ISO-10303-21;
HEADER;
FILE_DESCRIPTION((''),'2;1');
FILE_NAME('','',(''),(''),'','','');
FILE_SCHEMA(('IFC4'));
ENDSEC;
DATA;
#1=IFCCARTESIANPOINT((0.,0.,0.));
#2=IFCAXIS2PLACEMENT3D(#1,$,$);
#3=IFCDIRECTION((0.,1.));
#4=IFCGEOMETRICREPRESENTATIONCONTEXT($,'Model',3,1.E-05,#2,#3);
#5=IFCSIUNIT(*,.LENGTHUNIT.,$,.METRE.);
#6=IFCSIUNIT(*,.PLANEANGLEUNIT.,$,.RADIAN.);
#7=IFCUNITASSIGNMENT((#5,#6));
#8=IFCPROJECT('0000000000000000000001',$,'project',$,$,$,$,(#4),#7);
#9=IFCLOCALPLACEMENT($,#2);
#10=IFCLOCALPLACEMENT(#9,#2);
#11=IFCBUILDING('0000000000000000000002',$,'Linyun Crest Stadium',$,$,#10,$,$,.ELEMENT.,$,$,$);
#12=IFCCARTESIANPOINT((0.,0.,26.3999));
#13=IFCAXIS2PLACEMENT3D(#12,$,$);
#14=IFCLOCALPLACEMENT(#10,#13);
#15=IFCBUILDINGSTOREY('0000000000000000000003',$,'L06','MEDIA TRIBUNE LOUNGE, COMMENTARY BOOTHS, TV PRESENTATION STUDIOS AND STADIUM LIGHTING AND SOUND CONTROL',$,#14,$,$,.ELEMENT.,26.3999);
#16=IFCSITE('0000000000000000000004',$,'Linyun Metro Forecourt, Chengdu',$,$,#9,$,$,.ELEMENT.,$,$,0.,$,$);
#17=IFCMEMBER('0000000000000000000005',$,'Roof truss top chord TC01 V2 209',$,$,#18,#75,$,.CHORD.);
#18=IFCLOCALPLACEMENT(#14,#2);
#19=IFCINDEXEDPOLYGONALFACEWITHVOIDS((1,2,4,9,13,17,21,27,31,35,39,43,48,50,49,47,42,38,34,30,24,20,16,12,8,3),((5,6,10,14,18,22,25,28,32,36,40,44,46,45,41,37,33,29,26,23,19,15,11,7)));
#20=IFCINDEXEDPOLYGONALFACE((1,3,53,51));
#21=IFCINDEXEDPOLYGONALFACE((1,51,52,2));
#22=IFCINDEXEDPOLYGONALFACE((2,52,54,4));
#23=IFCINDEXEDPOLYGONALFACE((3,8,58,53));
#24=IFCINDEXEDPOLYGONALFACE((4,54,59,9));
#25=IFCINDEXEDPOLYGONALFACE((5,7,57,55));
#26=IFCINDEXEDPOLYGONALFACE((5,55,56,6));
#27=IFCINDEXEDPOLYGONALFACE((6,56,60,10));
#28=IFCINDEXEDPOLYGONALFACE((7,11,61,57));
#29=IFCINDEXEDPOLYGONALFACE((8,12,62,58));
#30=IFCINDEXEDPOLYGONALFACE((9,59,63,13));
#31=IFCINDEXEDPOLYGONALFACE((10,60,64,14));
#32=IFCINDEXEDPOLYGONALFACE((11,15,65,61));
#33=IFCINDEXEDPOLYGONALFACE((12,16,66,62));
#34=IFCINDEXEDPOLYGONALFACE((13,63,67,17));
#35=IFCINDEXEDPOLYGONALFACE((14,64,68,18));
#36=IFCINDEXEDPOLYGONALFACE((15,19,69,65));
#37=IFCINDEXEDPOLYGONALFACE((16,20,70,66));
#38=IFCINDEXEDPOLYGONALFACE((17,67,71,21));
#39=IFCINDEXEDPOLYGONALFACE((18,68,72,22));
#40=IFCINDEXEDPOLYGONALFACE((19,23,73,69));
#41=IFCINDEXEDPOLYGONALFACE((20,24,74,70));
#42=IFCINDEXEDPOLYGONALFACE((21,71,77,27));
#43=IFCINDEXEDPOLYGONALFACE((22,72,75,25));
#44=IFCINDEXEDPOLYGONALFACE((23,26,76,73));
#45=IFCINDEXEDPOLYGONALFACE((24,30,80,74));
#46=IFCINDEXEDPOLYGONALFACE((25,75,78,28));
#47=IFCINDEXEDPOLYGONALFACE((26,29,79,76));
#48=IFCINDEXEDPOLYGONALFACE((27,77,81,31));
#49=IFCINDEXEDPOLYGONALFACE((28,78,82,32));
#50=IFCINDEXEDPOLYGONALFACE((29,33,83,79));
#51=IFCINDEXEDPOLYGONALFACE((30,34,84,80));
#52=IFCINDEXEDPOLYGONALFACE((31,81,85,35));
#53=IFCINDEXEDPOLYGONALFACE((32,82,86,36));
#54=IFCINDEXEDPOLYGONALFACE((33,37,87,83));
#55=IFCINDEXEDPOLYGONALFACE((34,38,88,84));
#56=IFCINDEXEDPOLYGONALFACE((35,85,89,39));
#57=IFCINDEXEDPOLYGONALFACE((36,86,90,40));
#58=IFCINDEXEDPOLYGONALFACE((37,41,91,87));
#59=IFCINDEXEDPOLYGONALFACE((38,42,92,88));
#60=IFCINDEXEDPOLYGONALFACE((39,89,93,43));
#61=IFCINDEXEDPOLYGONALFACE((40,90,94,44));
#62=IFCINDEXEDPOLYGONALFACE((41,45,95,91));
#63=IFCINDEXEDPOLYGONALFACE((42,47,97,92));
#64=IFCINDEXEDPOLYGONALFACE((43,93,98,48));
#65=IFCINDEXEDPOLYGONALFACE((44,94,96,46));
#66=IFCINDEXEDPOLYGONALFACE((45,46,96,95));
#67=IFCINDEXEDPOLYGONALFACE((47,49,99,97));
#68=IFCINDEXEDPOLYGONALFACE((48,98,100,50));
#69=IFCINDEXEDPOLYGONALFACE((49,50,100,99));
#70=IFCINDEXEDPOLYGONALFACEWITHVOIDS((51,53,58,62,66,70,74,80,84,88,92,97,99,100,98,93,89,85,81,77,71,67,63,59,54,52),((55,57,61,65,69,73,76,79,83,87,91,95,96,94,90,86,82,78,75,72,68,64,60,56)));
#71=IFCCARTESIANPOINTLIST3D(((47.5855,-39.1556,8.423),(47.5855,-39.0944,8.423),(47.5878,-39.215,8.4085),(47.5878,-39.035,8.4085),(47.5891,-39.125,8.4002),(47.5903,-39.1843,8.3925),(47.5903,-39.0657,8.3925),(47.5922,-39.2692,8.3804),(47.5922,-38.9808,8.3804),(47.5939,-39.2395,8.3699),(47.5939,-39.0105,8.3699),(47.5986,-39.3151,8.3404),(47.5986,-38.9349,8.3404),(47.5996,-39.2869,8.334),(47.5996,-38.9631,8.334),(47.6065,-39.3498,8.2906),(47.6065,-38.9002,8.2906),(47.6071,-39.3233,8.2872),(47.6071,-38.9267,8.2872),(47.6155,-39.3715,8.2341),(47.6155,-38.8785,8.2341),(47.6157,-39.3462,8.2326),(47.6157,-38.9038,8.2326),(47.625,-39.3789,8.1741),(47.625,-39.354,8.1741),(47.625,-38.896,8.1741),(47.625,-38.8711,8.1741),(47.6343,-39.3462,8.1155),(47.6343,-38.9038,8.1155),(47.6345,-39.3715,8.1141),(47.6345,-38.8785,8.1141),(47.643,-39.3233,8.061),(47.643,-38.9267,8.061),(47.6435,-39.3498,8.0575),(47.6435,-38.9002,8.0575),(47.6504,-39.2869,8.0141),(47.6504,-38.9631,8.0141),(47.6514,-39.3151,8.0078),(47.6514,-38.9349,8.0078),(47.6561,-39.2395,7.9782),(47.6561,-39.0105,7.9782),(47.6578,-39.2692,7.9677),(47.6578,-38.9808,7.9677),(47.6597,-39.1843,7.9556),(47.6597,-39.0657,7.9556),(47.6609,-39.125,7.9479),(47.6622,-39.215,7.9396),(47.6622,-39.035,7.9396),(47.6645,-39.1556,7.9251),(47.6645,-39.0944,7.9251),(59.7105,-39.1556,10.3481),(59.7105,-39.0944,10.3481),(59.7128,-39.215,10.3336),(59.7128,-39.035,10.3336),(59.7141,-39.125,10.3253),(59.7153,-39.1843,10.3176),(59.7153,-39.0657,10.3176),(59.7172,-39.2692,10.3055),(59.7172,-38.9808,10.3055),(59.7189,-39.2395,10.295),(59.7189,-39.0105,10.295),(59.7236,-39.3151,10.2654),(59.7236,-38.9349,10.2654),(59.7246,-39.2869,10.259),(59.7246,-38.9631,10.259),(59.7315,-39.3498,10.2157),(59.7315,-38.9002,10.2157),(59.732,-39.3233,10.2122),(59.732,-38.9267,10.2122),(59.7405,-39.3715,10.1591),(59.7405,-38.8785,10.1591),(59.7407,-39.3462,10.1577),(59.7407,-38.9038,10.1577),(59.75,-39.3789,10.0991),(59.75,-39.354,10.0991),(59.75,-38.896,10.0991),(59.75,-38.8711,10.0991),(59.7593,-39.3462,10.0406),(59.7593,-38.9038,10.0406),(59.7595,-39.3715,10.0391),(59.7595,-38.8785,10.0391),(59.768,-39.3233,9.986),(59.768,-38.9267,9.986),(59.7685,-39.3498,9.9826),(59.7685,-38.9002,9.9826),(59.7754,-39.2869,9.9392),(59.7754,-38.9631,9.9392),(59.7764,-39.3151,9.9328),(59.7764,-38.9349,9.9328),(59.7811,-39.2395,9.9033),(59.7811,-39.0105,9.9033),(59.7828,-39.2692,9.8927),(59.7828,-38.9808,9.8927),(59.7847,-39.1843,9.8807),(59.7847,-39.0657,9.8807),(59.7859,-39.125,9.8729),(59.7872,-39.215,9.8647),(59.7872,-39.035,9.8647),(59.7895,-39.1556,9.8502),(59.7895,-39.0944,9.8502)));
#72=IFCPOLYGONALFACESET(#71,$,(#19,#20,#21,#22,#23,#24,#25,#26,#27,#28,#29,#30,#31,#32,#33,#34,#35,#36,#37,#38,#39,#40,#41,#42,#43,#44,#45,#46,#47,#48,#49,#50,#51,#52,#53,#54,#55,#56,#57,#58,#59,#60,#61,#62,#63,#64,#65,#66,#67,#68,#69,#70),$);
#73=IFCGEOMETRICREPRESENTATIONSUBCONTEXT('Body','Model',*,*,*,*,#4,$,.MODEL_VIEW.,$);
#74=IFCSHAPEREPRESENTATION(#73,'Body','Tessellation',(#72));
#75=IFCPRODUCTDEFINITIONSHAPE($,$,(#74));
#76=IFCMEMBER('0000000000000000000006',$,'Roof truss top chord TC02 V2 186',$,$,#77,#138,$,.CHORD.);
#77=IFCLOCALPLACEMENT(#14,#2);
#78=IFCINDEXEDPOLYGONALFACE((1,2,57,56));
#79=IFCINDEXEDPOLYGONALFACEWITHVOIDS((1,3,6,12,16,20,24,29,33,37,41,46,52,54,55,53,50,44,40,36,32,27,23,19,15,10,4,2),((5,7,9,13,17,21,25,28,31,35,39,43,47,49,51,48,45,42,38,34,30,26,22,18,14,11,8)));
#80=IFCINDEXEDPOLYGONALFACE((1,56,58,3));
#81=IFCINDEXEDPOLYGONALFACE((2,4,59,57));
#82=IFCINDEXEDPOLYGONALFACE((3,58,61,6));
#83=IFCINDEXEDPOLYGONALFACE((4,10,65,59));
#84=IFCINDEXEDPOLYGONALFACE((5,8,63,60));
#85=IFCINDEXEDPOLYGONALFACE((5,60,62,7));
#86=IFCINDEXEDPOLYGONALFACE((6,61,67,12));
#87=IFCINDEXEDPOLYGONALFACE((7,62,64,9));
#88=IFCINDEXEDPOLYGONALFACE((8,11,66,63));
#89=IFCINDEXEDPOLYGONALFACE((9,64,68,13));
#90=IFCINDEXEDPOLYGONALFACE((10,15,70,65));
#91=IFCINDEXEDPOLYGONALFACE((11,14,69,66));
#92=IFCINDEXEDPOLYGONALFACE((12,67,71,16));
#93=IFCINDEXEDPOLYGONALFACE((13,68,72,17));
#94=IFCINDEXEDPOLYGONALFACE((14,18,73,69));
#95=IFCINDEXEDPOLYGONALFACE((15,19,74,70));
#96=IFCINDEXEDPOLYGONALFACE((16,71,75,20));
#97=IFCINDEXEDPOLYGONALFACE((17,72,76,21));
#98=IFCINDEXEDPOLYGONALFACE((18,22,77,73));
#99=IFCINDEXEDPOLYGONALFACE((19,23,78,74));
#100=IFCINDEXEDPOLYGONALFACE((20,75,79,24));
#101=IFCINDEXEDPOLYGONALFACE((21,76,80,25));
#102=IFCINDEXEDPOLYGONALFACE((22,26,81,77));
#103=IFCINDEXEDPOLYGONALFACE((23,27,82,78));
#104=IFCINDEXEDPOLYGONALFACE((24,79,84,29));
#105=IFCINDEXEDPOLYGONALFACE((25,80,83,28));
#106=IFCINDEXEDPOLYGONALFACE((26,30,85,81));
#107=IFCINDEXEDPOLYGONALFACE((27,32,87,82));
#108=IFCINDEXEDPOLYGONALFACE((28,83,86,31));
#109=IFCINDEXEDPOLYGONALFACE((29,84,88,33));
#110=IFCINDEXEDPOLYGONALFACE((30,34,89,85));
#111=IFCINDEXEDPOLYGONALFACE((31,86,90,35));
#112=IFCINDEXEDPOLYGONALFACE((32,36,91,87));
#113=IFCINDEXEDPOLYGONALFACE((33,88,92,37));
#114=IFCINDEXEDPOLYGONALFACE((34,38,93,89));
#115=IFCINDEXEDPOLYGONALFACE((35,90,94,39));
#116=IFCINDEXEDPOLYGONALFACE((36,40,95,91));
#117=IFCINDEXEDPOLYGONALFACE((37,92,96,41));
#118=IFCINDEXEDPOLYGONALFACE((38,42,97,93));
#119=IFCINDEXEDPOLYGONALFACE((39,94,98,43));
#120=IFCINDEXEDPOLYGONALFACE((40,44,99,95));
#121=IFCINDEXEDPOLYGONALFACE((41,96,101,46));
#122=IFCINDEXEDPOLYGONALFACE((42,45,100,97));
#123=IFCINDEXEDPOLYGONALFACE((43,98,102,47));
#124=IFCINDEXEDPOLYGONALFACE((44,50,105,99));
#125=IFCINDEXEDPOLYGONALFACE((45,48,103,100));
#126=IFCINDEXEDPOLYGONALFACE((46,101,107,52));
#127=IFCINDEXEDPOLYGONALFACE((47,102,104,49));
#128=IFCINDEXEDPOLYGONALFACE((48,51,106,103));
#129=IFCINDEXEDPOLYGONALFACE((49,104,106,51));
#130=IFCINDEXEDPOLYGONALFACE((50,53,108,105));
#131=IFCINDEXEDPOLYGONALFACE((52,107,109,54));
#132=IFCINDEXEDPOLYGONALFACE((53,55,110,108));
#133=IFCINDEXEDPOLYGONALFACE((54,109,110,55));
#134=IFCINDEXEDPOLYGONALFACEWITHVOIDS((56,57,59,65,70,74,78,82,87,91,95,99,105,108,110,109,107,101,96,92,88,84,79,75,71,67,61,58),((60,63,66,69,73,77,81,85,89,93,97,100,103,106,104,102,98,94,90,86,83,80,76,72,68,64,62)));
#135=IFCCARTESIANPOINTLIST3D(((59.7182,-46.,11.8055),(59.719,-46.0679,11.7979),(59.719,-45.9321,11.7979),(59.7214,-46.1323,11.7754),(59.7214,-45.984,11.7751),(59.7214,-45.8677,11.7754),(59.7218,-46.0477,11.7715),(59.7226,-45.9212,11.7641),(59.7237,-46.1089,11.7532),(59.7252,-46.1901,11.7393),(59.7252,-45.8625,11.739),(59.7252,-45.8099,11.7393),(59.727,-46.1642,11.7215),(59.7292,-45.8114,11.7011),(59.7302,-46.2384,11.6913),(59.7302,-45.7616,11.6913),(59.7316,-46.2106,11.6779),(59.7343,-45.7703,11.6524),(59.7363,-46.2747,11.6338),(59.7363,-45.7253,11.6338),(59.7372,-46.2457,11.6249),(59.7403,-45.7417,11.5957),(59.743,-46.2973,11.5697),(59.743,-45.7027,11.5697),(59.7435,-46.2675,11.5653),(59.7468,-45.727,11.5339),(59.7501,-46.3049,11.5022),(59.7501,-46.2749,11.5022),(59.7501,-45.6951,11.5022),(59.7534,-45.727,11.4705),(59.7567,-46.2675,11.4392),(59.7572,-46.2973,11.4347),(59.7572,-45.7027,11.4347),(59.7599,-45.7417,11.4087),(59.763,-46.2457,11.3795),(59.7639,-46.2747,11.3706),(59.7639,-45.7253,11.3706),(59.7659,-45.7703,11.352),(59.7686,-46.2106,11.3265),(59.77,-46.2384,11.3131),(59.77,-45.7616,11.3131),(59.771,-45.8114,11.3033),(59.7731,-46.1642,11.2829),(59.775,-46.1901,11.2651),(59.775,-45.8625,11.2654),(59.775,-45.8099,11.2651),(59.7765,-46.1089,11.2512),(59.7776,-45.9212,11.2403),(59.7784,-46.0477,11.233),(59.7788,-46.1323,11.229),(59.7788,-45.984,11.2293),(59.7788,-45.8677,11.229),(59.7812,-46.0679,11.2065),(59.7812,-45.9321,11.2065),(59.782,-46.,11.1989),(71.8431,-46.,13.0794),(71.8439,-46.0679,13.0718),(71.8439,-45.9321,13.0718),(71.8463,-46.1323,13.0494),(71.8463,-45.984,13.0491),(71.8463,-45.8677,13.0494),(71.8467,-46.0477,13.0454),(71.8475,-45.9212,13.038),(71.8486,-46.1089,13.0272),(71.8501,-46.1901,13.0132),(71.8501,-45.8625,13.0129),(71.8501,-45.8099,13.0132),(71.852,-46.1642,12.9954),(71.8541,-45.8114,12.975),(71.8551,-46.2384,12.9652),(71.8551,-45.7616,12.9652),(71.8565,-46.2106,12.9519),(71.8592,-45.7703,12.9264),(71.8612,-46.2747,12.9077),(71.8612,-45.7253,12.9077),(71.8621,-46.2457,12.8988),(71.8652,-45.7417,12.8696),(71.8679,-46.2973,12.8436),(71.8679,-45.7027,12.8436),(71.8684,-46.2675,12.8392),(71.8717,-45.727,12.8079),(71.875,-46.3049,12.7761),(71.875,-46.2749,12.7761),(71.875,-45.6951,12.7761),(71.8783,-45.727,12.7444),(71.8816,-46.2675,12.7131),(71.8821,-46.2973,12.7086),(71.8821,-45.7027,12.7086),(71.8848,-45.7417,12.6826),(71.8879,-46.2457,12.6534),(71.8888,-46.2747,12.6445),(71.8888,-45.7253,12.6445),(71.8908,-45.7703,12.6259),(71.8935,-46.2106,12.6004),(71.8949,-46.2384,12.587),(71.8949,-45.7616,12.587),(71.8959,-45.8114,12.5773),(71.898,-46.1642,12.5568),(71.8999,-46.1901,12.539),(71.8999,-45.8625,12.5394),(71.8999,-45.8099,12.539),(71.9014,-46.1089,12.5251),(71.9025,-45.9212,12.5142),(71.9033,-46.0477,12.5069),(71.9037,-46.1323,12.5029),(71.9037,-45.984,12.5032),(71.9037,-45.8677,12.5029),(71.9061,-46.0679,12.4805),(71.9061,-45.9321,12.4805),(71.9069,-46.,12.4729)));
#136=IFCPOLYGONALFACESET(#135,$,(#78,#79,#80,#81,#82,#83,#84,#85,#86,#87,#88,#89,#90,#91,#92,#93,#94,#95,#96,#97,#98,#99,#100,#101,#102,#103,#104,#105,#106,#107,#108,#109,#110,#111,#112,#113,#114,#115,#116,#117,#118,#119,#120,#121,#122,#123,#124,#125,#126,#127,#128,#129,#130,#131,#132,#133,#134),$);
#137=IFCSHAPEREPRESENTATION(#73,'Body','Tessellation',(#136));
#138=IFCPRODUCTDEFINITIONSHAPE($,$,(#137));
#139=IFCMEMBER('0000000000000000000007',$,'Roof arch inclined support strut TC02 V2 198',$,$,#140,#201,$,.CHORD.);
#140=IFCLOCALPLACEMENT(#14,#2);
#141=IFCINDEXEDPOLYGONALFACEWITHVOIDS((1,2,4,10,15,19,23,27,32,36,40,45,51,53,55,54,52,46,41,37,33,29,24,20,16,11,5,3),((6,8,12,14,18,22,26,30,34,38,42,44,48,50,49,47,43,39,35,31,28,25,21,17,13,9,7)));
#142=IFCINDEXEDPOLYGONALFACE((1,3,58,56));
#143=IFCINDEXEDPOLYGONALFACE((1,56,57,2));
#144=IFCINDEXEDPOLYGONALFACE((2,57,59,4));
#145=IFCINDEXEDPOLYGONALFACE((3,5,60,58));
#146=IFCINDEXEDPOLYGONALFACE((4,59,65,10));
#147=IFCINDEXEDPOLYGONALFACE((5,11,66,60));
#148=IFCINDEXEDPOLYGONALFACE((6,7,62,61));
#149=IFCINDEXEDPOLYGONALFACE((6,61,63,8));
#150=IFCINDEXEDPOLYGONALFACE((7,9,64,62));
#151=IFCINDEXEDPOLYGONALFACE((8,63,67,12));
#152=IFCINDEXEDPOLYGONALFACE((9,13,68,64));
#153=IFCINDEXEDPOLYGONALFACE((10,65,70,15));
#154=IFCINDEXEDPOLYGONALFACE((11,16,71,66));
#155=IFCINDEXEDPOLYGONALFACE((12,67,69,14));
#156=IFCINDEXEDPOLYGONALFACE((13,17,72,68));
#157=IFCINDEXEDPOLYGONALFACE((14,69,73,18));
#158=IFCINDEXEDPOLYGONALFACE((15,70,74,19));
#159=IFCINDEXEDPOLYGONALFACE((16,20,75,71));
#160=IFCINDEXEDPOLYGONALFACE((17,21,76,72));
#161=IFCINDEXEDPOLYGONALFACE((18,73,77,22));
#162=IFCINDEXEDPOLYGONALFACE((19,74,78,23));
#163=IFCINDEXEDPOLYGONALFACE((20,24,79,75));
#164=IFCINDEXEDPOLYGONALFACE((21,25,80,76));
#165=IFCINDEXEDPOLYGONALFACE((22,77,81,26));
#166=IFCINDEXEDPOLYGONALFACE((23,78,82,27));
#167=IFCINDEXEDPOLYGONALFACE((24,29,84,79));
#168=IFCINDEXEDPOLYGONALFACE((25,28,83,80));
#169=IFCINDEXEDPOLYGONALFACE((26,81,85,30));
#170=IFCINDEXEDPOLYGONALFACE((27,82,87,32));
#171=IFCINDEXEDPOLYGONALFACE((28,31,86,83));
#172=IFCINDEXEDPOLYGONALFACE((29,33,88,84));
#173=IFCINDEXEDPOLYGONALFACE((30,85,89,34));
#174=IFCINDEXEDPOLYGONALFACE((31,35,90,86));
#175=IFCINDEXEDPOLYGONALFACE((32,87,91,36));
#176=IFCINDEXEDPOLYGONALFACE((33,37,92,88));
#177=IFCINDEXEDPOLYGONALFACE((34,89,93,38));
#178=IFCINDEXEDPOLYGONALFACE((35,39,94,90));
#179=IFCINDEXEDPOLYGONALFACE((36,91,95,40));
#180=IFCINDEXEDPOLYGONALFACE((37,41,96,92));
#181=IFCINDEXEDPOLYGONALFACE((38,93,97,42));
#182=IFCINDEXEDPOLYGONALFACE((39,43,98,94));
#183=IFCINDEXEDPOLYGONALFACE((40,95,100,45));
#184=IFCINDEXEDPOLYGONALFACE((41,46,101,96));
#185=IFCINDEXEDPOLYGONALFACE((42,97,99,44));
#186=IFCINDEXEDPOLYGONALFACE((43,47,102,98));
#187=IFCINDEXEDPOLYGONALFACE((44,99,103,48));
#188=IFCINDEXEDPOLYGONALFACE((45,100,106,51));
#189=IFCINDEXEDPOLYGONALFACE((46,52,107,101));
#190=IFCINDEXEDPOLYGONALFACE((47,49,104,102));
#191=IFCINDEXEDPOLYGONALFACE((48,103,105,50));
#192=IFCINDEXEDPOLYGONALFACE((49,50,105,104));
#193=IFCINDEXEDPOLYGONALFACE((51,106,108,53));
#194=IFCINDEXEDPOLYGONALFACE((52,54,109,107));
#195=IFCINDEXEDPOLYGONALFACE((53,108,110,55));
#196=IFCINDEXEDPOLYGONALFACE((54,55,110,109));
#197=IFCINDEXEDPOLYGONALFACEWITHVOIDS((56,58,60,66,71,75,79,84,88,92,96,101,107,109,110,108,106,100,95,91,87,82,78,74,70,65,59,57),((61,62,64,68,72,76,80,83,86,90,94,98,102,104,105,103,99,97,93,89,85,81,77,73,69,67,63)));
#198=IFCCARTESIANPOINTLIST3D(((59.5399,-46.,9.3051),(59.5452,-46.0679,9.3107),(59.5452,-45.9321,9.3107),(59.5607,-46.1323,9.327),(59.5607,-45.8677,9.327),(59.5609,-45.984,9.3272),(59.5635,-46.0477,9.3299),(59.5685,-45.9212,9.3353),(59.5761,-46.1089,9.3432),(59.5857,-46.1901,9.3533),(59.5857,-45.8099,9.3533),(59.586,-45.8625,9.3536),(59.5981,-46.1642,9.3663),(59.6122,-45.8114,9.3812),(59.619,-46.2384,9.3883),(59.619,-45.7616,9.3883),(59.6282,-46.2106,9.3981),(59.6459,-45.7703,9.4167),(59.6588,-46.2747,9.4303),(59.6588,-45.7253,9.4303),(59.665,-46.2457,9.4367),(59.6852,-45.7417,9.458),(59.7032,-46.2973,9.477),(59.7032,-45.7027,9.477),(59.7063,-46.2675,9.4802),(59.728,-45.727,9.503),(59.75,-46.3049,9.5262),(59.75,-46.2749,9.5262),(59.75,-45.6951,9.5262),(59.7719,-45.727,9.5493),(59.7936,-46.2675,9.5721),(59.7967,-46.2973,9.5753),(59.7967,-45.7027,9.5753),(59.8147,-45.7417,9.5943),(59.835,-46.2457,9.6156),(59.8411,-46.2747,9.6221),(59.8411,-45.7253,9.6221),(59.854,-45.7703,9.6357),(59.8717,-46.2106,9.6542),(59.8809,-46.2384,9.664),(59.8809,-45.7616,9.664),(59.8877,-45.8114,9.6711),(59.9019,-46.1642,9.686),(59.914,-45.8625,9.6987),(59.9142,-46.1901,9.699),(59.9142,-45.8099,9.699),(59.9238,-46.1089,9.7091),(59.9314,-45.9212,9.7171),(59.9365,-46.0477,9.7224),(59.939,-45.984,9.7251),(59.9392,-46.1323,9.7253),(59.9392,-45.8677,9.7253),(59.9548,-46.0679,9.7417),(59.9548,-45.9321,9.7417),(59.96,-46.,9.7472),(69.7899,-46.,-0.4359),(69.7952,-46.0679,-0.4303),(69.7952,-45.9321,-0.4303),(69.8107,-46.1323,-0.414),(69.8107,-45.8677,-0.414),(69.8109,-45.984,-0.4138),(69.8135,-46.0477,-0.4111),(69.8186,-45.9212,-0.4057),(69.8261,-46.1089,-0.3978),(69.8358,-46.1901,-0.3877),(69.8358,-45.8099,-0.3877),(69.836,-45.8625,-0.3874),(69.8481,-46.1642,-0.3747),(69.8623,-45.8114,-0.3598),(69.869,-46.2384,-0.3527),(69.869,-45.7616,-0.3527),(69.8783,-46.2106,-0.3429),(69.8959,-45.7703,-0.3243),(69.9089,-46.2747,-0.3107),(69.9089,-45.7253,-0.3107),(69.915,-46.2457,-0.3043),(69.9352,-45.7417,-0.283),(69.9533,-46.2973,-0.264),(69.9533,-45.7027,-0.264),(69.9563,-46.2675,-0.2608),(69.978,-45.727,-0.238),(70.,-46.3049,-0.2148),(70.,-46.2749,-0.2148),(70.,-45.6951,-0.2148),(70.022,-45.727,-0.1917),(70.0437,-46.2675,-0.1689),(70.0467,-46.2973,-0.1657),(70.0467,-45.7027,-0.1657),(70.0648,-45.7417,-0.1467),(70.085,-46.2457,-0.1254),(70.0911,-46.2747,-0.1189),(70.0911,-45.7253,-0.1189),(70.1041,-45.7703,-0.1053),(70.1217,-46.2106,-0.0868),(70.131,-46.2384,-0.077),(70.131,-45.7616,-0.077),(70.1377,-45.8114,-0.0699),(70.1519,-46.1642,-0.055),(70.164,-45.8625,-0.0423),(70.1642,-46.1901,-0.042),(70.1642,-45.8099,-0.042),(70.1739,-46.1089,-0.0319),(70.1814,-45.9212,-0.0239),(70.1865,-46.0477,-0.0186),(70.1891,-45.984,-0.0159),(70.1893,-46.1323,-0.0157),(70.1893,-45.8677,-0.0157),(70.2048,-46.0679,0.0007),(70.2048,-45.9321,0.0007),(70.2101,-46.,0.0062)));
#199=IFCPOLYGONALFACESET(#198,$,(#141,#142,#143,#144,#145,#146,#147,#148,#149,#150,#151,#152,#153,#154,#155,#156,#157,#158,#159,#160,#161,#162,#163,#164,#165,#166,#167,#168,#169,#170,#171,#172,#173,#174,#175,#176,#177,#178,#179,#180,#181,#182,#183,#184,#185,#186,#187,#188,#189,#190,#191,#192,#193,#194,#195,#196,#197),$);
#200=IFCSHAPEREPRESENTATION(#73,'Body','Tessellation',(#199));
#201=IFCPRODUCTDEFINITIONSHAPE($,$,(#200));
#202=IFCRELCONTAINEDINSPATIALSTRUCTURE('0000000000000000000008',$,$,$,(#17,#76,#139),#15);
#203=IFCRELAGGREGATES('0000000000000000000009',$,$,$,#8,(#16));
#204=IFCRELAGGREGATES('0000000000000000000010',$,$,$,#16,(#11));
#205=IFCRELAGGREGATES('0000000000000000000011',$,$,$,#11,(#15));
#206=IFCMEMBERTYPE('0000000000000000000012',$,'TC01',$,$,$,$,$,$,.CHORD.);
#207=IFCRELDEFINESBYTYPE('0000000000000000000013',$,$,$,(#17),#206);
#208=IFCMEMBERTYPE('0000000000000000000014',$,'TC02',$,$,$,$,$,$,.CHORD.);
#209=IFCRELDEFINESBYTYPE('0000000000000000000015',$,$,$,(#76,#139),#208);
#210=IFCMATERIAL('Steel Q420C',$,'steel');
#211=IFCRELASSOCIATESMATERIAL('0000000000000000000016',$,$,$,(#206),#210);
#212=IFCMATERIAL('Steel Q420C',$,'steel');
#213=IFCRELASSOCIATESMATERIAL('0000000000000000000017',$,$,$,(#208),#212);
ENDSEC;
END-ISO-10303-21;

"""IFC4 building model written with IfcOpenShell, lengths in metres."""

from ifc_helpers import new_model, si_unit, direction, frame, origin, origin_2d, place, context, subcontext, project, spatial, hollow_circle, extrude, material, material_profile, profile_set, type_object, element, save


model = new_model("IFC4")

# Units and contexts
model_context = context("Model", 3, precision=1e-05, world=origin(), true_north=direction((0.0, 1.0)))
body_context = subcontext(model_context, "Body", "Model", "MODEL_VIEW")
ifc_project = project(units=[si_unit("LENGTHUNIT", "METRE"), si_unit("PLANEANGLEUNIT", "RADIAN")], contexts=[model_context])

# Site, building, storey
site_placement = place(None, origin())
site = spatial("IfcSite", under=ifc_project, at=site_placement, Name="Linyun Metro Forecourt, Chengdu", CompositionType="ELEMENT", RefElevation=0.0)
building_placement = place(site_placement, origin())
building = spatial("IfcBuilding", under=site, at=building_placement, Name="Linyun Crest Stadium", CompositionType="ELEMENT")
storey_placement = place(building_placement, frame((0.0, 0.0, 26.3999)))
storey = spatial("IfcBuildingStorey", under=building, at=storey_placement, Name="L06", Description="MEDIA TRIBUNE LOUNGE, COMMENTARY BOOTHS, TV PRESENTATION STUDIOS AND STADIUM LIGHTING AND SOUND CONTROL", CompositionType="ELEMENT", Elevation=26.3999)

# Members
ifc_material_1 = material(Name="Steel Q420C", Category="steel")
ifc_material_profile_1 = material_profile(ifc_material_1, hollow_circle(Radius=0.2539, WallThickness=0.0249, at=origin_2d()), Name="CHS 508x25")
ifc_profile_set_1 = profile_set([ifc_material_profile_1], Name="Steel Q420C")
member_type_1 = type_object("IfcMemberType", Name="TC01", PredefinedType="CHORD", material=ifc_profile_set_1)
member_1_placement = place(storey_placement, frame((59.75, -39.125, 10.0991), z_axis=(-0.98763, 0.0, -0.156803), x_axis=(0.0, -1.0, 0.0)))
element("IfcMember", 1, at=member_1_placement, inside=storey, type_object=member_type_1, Name="Roof truss top chord TC01 V2 209", PredefinedType="CHORD", context=body_context, shape_type="SweptSolid", body=[
    extrude(hollow_circle(Radius=0.2539, WallThickness=0.0249, at=origin_2d()), origin(), (0.0, 0.0, 1.0), 12.2769),
])
ifc_material_2 = material(Name="Steel Q420C", Category="steel")
ifc_material_profile_2 = material_profile(ifc_material_2, hollow_circle(Radius=0.3049, WallThickness=0.03, at=origin_2d()), Name="CHS 610x30")
ifc_profile_set_2 = profile_set([ifc_material_profile_2], Name="Steel Q420C")
member_type_2 = type_object("IfcMemberType", Name="TC02", PredefinedType="CHORD", material=ifc_profile_set_2)
member_2_placement = place(storey_placement, frame((71.875, -46.0, 12.7761), z_axis=(-0.994526, 0.0, -0.104491), x_axis=(0.0, -1.0, 0.0)))
element("IfcMember", 2, at=member_2_placement, inside=storey, type_object=member_type_2, Name="Roof truss top chord TC02 V2 186", PredefinedType="CHORD", context=body_context, shape_type="SweptSolid", body=[
    extrude(hollow_circle(Radius=0.3049, WallThickness=0.03, at=origin_2d()), origin(), (0.0, 0.0, 1.0), 12.1917),
])
member_3_placement = place(storey_placement, frame((70.0, -46.0, -0.2148), z_axis=(-0.724877, 0.0, 0.688878), x_axis=(0.0, -1.0, 0.0)))
element("IfcMember", 3, at=member_3_placement, inside=storey, type_object=member_type_2, Name="Roof arch inclined support strut TC02 V2 198", PredefinedType="CHORD", context=body_context, shape_type="SweptSolid", body=[
    extrude(hollow_circle(Radius=0.3049, WallThickness=0.03, at=origin_2d()), origin(), (0.0, 0.0, 1.0), 14.1404),
])

save(model, "model.ifc")
